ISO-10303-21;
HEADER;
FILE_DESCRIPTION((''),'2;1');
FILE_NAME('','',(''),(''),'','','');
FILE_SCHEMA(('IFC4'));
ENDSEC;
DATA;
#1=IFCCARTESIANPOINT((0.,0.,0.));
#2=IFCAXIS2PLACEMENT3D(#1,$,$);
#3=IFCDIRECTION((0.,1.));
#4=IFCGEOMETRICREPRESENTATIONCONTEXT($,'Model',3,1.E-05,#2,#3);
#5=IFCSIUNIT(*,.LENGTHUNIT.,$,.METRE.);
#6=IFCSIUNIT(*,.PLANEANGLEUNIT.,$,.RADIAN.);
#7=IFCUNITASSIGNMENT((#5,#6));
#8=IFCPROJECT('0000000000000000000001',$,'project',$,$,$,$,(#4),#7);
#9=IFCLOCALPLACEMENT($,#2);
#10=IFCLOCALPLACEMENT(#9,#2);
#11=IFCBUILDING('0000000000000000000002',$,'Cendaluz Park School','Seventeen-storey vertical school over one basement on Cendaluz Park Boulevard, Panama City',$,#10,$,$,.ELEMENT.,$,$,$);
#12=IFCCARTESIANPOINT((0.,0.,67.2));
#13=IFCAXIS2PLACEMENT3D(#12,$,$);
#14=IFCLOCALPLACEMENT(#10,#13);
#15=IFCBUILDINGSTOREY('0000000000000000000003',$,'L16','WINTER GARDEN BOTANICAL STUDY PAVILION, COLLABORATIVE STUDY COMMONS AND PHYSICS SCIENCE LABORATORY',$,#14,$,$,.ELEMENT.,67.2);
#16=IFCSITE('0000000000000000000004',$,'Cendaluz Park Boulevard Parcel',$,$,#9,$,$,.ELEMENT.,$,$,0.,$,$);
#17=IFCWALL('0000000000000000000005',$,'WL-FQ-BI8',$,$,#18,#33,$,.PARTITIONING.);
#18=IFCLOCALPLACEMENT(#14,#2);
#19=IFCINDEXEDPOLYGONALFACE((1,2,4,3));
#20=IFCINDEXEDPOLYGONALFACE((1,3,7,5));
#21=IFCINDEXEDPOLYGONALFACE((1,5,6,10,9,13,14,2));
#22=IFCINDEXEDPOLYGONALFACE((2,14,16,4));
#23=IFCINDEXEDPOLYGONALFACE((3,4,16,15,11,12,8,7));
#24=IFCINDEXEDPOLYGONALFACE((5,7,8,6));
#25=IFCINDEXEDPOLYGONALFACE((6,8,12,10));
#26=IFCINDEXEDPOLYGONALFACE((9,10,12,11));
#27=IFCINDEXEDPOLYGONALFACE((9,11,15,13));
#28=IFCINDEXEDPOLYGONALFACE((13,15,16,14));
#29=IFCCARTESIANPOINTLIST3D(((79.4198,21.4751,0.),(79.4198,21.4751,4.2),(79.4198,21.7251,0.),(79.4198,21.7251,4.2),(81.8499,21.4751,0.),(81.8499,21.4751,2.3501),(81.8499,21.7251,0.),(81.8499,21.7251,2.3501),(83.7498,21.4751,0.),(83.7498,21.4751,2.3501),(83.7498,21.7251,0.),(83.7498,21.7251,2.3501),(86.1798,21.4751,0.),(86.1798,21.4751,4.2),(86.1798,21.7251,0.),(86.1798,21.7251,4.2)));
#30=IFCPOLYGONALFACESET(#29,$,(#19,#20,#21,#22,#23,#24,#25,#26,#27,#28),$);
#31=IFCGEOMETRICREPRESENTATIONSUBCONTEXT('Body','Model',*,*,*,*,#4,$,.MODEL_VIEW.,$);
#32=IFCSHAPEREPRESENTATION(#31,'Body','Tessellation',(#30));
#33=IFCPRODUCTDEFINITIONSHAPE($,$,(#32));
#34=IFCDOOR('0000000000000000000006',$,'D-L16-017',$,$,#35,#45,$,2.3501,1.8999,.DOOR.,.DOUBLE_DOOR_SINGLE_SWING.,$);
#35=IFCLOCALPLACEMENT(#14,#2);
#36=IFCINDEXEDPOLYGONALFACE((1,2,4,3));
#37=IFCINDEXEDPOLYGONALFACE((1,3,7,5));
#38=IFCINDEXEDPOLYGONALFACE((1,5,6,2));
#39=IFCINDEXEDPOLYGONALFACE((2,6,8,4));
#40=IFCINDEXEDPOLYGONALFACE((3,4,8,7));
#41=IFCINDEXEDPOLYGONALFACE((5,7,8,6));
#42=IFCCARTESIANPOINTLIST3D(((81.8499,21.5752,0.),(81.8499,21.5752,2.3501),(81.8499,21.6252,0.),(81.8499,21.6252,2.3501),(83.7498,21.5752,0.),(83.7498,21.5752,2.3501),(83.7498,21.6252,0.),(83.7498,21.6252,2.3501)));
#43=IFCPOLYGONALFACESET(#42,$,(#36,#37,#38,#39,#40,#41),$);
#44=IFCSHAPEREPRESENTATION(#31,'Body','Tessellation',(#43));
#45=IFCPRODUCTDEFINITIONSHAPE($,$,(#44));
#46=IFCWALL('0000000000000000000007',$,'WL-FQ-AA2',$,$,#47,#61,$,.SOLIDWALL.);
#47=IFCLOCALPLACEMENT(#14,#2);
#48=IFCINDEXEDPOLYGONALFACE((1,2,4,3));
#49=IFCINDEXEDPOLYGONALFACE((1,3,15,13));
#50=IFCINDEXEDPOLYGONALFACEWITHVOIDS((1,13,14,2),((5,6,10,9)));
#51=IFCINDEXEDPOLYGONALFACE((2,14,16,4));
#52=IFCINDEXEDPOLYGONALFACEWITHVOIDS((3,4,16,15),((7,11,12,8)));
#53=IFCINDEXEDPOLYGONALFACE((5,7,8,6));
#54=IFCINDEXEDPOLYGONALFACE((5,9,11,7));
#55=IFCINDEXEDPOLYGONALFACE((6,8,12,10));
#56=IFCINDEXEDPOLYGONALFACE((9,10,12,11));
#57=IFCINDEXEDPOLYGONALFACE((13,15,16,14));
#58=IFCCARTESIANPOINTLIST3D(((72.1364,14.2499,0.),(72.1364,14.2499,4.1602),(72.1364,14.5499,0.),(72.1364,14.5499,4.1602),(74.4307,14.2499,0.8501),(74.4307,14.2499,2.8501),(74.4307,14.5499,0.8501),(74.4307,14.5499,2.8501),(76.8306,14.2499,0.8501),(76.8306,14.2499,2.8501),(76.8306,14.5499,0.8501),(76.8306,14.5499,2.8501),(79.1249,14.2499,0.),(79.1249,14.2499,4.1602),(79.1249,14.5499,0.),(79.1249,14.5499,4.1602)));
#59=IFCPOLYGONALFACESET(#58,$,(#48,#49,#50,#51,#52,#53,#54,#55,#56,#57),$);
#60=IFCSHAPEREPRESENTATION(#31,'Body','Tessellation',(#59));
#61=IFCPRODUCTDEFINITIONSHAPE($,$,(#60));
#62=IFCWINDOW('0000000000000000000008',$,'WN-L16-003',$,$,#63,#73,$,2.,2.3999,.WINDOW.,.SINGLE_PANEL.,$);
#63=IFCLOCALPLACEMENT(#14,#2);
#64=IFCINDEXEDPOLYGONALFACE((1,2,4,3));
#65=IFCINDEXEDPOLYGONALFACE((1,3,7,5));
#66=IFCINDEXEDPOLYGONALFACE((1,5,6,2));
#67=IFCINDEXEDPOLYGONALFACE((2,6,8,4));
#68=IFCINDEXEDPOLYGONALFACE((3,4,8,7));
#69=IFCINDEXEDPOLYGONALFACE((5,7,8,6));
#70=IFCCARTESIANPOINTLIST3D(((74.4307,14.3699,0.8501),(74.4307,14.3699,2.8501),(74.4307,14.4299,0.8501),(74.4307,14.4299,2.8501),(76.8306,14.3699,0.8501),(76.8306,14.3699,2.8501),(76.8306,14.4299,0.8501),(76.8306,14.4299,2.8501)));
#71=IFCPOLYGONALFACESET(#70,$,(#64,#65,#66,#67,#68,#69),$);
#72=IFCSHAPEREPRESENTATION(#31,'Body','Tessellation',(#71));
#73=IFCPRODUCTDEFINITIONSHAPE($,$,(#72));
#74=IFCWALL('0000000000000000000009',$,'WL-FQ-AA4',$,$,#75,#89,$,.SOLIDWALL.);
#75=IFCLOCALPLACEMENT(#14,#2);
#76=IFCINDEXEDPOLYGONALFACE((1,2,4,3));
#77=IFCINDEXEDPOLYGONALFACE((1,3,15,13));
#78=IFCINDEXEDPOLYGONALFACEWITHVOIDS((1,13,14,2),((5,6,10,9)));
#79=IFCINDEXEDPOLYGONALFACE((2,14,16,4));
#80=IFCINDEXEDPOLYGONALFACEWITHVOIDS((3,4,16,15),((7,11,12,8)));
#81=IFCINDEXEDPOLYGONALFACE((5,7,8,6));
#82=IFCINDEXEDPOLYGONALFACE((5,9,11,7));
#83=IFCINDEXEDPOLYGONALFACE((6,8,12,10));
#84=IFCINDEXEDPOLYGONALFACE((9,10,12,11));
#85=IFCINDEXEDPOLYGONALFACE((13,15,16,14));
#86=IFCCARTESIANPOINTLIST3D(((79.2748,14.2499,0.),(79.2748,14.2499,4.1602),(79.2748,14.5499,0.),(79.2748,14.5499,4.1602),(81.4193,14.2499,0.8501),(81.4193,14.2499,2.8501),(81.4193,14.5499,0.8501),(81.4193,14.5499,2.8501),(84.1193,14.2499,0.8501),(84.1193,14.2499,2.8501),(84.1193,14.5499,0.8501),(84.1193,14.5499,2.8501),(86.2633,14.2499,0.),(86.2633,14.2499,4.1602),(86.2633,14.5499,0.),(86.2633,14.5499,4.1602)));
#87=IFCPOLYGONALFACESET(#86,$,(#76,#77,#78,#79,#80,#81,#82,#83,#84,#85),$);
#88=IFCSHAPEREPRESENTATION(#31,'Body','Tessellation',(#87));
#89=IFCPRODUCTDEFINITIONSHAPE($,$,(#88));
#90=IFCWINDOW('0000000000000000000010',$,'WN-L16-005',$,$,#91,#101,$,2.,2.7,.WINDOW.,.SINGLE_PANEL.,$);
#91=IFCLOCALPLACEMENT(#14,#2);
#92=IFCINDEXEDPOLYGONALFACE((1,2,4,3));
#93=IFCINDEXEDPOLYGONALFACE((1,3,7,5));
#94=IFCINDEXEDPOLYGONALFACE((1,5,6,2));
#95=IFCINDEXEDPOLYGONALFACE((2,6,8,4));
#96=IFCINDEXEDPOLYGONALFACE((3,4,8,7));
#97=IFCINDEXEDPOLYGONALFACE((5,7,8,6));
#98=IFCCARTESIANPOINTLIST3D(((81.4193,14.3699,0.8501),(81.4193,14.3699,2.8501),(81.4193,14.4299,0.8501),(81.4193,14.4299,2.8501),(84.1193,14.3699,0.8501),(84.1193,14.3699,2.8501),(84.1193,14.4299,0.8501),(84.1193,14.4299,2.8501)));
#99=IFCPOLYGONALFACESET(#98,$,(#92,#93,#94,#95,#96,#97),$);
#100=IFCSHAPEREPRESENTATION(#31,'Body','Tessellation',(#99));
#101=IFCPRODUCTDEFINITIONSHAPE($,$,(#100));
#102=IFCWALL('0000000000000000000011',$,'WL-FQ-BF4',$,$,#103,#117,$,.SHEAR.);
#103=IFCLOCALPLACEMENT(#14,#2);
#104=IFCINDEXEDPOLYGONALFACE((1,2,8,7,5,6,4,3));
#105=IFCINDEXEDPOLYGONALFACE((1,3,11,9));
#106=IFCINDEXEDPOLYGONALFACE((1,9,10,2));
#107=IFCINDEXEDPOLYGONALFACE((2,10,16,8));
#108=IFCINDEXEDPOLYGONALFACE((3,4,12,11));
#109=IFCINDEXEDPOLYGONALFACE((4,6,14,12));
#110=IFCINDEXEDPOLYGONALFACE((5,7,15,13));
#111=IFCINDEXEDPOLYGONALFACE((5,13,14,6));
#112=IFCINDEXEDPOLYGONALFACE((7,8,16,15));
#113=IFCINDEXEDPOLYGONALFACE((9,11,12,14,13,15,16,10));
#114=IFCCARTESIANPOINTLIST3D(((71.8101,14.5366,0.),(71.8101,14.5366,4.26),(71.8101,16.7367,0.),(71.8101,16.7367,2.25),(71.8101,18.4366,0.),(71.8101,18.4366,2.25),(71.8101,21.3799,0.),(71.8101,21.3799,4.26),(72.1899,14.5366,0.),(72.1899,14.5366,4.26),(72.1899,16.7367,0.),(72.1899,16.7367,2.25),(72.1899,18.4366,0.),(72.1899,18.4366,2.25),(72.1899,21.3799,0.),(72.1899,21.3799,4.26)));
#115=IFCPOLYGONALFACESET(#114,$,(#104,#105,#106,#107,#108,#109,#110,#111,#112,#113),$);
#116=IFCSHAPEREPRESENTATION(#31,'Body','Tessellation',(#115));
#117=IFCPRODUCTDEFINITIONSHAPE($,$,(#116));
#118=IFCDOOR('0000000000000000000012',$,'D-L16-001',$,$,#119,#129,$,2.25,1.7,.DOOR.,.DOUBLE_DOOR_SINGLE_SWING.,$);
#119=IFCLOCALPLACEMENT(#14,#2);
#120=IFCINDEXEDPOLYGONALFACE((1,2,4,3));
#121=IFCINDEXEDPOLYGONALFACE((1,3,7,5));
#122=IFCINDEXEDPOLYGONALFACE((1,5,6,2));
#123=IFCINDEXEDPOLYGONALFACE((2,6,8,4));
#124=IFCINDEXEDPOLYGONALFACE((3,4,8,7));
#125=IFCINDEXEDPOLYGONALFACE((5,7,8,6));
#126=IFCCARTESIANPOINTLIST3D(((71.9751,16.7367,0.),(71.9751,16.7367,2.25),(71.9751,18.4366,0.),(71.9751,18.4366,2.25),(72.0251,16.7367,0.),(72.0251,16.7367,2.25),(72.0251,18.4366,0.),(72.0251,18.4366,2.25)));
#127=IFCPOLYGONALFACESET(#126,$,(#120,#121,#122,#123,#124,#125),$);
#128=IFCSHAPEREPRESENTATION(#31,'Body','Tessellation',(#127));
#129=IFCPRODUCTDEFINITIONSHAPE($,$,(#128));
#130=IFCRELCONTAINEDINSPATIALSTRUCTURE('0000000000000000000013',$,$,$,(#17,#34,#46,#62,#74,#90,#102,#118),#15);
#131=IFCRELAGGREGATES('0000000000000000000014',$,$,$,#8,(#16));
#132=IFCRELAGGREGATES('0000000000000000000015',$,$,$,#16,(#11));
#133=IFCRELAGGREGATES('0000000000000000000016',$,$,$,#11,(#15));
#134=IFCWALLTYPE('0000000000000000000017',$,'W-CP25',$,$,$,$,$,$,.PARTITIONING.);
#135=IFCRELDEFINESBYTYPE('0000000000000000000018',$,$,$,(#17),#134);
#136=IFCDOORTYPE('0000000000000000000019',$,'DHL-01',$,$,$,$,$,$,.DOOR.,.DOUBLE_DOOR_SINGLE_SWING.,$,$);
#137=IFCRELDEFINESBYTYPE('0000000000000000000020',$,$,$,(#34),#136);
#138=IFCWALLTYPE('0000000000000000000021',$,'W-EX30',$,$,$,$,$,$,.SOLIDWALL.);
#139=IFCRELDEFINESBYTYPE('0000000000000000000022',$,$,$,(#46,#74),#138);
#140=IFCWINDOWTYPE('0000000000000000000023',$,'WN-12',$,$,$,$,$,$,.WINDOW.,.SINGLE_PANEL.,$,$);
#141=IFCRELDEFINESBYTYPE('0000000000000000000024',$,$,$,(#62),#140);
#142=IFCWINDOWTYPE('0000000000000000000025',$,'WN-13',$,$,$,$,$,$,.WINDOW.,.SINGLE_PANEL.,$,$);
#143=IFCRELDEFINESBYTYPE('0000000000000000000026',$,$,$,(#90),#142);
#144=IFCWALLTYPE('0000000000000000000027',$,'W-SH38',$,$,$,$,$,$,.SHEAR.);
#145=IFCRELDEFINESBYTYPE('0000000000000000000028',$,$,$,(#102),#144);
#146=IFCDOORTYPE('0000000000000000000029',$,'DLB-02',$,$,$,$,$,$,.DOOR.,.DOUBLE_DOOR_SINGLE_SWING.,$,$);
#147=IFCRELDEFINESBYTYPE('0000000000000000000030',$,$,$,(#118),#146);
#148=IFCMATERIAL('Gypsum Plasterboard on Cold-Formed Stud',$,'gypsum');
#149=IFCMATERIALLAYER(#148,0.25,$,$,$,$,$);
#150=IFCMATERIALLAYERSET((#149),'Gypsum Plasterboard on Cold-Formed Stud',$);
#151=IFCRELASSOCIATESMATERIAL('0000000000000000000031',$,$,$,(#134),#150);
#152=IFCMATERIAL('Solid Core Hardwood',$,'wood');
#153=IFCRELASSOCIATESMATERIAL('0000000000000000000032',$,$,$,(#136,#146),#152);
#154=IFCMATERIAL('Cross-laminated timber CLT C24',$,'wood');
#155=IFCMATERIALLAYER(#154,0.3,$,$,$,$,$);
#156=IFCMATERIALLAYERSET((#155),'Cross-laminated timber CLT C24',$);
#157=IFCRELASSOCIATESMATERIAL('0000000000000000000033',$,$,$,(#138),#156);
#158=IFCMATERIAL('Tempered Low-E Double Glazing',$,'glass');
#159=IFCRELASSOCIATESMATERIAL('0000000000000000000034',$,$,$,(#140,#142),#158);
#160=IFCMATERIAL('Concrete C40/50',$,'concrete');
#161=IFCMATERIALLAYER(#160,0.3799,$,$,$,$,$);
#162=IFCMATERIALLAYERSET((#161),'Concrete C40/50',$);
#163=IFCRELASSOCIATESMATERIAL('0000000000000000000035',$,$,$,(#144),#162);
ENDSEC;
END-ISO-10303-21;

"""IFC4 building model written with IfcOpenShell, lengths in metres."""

from ifc_helpers import new_model, si_unit, direction, frame, frame_2d, origin, place, context, subcontext, project, spatial, rectangle, extrude, material, layer, layer_set, type_object, element, fill, save


model = new_model("IFC4")

# Units and contexts
model_context = context("Model", 3, precision=1e-05, world=origin(), true_north=direction((0.0, 1.0)))
body_context = subcontext(model_context, "Body", "Model", "MODEL_VIEW")
ifc_project = project(units=[si_unit("LENGTHUNIT", "METRE"), si_unit("PLANEANGLEUNIT", "RADIAN")], contexts=[model_context])

# Site, building, storey
site_placement = place(None, origin())
site = spatial("IfcSite", under=ifc_project, at=site_placement, Name="Cendaluz Park Boulevard Parcel", CompositionType="ELEMENT", RefElevation=0.0)
building_placement = place(site_placement, origin())
building = spatial("IfcBuilding", under=site, at=building_placement, Name="Cendaluz Park School", Description="Seventeen-storey vertical school over one basement on Cendaluz Park Boulevard, Panama City", CompositionType="ELEMENT")
storey_placement = place(building_placement, frame((0.0, 0.0, 67.2)))
storey = spatial("IfcBuildingStorey", under=building, at=storey_placement, Name="L16", Description="WINTER GARDEN BOTANICAL STUDY PAVILION, COLLABORATIVE STUDY COMMONS AND PHYSICS SCIENCE LABORATORY", CompositionType="ELEMENT", Elevation=67.2)

# Wall, opening, door
ifc_material_1 = material(Name="Gypsum Plasterboard on Cold-Formed Stud", Category="gypsum")
ifc_layer_1 = layer(ifc_material_1, 0.25)
ifc_layer_set_1 = layer_set([ifc_layer_1], Name="Gypsum Plasterboard on Cold-Formed Stud")
wall_type_1 = type_object("IfcWallType", Name="W-CP25", PredefinedType="PARTITIONING", material=ifc_layer_set_1)
wall_1_placement = place(storey_placement, frame((79.4199, 21.6001, 0.0), z_axis=(0.0, 0.0, 1.0), x_axis=(1.0, 0.0, 0.0)))
wall_1 = element("IfcWall", 1, at=wall_1_placement, inside=storey, type_object=wall_type_1, Name="WL-FQ-BI8", PredefinedType="PARTITIONING", context=body_context, shape_type="SweptSolid", body=[
    extrude(rectangle(XDim=6.76, YDim=0.25, at=frame_2d((3.3799, 0.0))), origin(), (0.0, 0.0, 1.0), 4.2),
])
opening_1_placement = place(wall_1_placement, frame((2.4299, 0.0, 0.0)))
opening_1 = element("IfcOpeningElement", 2, at=opening_1_placement, cuts=wall_1, PredefinedType="OPENING", context=body_context, shape_type="SweptSolid", body=[
    extrude(rectangle(XDim=1.8999, YDim=2.3501, at=frame_2d((0.95, 1.175))), frame((0.0, 0.137, 0.0), z_axis=(0.0, -1.0, 0.0), x_axis=(1.0, 0.0, 0.0)), (0.0, 0.0, 1.0), 0.2739),
])
ifc_material_2 = material(Name="Solid Core Hardwood", Category="wood")
door_type_1 = type_object("IfcDoorType", Name="DHL-01", OperationType="DOUBLE_DOOR_SINGLE_SWING", PredefinedType="DOOR", material=ifc_material_2)
door_1_placement = place(opening_1_placement, frame((1.8999, 0.0, 0.0), z_axis=(0.0, 0.0, 1.0), x_axis=(-1.0, 0.0, 0.0)))
door_1 = element("IfcDoor", 3, at=door_1_placement, inside=storey, type_object=door_type_1, Name="D-L16-017", OperationType="DOUBLE_DOOR_SINGLE_SWING", OverallHeight=2.3501, OverallWidth=1.8999, PredefinedType="DOOR", context=body_context, shape_type="SweptSolid", body=[
    extrude(rectangle(XDim=1.8999, YDim=2.3501, at=frame_2d((0.95, 1.175))), frame((0.0, 0.0249, 0.0), z_axis=(0.0, -1.0, 0.0), x_axis=(1.0, 0.0, 0.0)), (0.0, 0.0, 1.0), 0.05),
])
fill(opening_1, door_1)

# Walls, openings, windows
ifc_material_3 = material(Name="Cross-laminated timber CLT C24", Category="wood")
ifc_layer_2 = layer(ifc_material_3, 0.3)
ifc_layer_set_2 = layer_set([ifc_layer_2], Name="Cross-laminated timber CLT C24")
wall_type_2 = type_object("IfcWallType", Name="W-EX30", PredefinedType="SOLIDWALL", material=ifc_layer_set_2)
wall_2_placement = place(storey_placement, frame((72.1365, 14.3999, 0.0), z_axis=(0.0, 0.0, 1.0), x_axis=(1.0, 0.0, 0.0)))
wall_2 = element("IfcWall", 4, at=wall_2_placement, inside=storey, type_object=wall_type_2, Name="WL-FQ-AA2", PredefinedType="SOLIDWALL", context=body_context, shape_type="SweptSolid", body=[
    extrude(rectangle(XDim=6.9885, YDim=0.3, at=frame_2d((3.4941, 0.0))), origin(), (0.0, 0.0, 1.0), 4.1602),
])
opening_2_placement = place(wall_2_placement, frame((2.2942, 0.0, 0.8501)))
opening_2 = element("IfcOpeningElement", 5, at=opening_2_placement, cuts=wall_2, PredefinedType="OPENING", context=body_context, shape_type="SweptSolid", body=[
    extrude(rectangle(XDim=2.3999, YDim=2.0, at=frame_2d((1.2, 1.0))), frame((0.0, 0.1621, 0.0), z_axis=(0.0, -1.0, 0.0), x_axis=(1.0, 0.0, 0.0)), (0.0, 0.0, 1.0), 0.324),
])
ifc_material_4 = material(Name="Tempered Low-E Double Glazing", Category="glass")
window_type_1 = type_object("IfcWindowType", Name="WN-12", PartitioningType="SINGLE_PANEL", PredefinedType="WINDOW", material=ifc_material_4)
window_1_placement = place(opening_2_placement, origin())
window_1 = element("IfcWindow", 6, at=window_1_placement, inside=storey, type_object=window_type_1, Name="WN-L16-003", OverallHeight=2.0, OverallWidth=2.3999, PartitioningType="SINGLE_PANEL", PredefinedType="WINDOW", context=body_context, shape_type="SweptSolid", body=[
    extrude(rectangle(XDim=2.3999, YDim=2.0, at=frame_2d((1.2, 1.0))), frame((0.0, 0.03, 0.0), z_axis=(0.0, -1.0, 0.0), x_axis=(1.0, 0.0, 0.0)), (0.0, 0.0, 1.0), 0.0601),
])
fill(opening_2, window_1)
wall_3_placement = place(storey_placement, frame((79.2749, 14.3999, 0.0), z_axis=(0.0, 0.0, 1.0), x_axis=(1.0, 0.0, 0.0)))
wall_3 = element("IfcWall", 7, at=wall_3_placement, inside=storey, type_object=wall_type_2, Name="WL-FQ-AA4", PredefinedType="SOLIDWALL", context=body_context, shape_type="SweptSolid", body=[
    extrude(rectangle(XDim=6.9885, YDim=0.3, at=frame_2d((3.4941, 0.0))), origin(), (0.0, 0.0, 1.0), 4.1602),
])
opening_3_placement = place(wall_3_placement, frame((2.1443, 0.0, 0.8501)))
opening_3 = element("IfcOpeningElement", 8, at=opening_3_placement, cuts=wall_3, PredefinedType="OPENING", context=body_context, shape_type="SweptSolid", body=[
    extrude(rectangle(XDim=2.7, YDim=2.0, at=frame_2d((1.3501, 1.0))), frame((0.0, 0.1621, 0.0), z_axis=(0.0, -1.0, 0.0), x_axis=(1.0, 0.0, 0.0)), (0.0, 0.0, 1.0), 0.324),
])
window_type_2 = type_object("IfcWindowType", Name="WN-13", PartitioningType="SINGLE_PANEL", PredefinedType="WINDOW", material=ifc_material_4)
window_2_placement = place(opening_3_placement, origin())
window_2 = element("IfcWindow", 9, at=window_2_placement, inside=storey, type_object=window_type_2, Name="WN-L16-005", OverallHeight=2.0, OverallWidth=2.7, PartitioningType="SINGLE_PANEL", PredefinedType="WINDOW", context=body_context, shape_type="SweptSolid", body=[
    extrude(rectangle(XDim=2.7, YDim=2.0, at=frame_2d((1.3501, 1.0))), frame((0.0, 0.03, 0.0), z_axis=(0.0, -1.0, 0.0), x_axis=(1.0, 0.0, 0.0)), (0.0, 0.0, 1.0), 0.0601),
])
fill(opening_3, window_2)

# Wall, opening, door
ifc_material_5 = material(Name="Concrete C40/50", Category="concrete")
ifc_layer_3 = layer(ifc_material_5, 0.3799)
ifc_layer_set_3 = layer_set([ifc_layer_3], Name="Concrete C40/50")
wall_type_3 = type_object("IfcWallType", Name="W-SH38", PredefinedType="SHEAR", material=ifc_layer_set_3)
wall_4_placement = place(storey_placement, frame((72.0, 14.5366, 0.0), z_axis=(0.0, 0.0, 1.0), x_axis=(0.0, 1.0, 0.0)))
wall_4 = element("IfcWall", 10, at=wall_4_placement, inside=storey, type_object=wall_type_3, Name="WL-FQ-BF4", PredefinedType="SHEAR", context=body_context, shape_type="SweptSolid", body=[
    extrude(rectangle(XDim=6.8433, YDim=0.3799, at=frame_2d((3.4216, 0.0))), origin(), (0.0, 0.0, 1.0), 4.26),
])
opening_4_placement = place(wall_4_placement, frame((2.2, 0.0, 0.0)))
opening_4 = element("IfcOpeningElement", 11, at=opening_4_placement, cuts=wall_4, PredefinedType="OPENING", context=body_context, shape_type="SweptSolid", body=[
    extrude(rectangle(XDim=1.7, YDim=2.25, at=frame_2d((0.8501, 1.125))), frame((0.0, 0.2019, 0.0), z_axis=(0.0, -1.0, 0.0), x_axis=(1.0, 0.0, 0.0)), (0.0, 0.0, 1.0), 0.4038),
])
door_type_2 = type_object("IfcDoorType", Name="DLB-02", OperationType="DOUBLE_DOOR_SINGLE_SWING", PredefinedType="DOOR", material=ifc_material_2)
door_2_placement = place(opening_4_placement, origin())
door_2 = element("IfcDoor", 12, at=door_2_placement, inside=storey, type_object=door_type_2, Name="D-L16-001", OperationType="DOUBLE_DOOR_SINGLE_SWING", OverallHeight=2.25, OverallWidth=1.7, PredefinedType="DOOR", context=body_context, shape_type="SweptSolid", body=[
    extrude(rectangle(XDim=1.7, YDim=2.25, at=frame_2d((0.8501, 1.125))), frame((0.0, 0.0249, 0.0), z_axis=(0.0, -1.0, 0.0), x_axis=(1.0, 0.0, 0.0)), (0.0, 0.0, 1.0), 0.05),
])
fill(opening_4, door_2)

save(model, "model.ifc")
